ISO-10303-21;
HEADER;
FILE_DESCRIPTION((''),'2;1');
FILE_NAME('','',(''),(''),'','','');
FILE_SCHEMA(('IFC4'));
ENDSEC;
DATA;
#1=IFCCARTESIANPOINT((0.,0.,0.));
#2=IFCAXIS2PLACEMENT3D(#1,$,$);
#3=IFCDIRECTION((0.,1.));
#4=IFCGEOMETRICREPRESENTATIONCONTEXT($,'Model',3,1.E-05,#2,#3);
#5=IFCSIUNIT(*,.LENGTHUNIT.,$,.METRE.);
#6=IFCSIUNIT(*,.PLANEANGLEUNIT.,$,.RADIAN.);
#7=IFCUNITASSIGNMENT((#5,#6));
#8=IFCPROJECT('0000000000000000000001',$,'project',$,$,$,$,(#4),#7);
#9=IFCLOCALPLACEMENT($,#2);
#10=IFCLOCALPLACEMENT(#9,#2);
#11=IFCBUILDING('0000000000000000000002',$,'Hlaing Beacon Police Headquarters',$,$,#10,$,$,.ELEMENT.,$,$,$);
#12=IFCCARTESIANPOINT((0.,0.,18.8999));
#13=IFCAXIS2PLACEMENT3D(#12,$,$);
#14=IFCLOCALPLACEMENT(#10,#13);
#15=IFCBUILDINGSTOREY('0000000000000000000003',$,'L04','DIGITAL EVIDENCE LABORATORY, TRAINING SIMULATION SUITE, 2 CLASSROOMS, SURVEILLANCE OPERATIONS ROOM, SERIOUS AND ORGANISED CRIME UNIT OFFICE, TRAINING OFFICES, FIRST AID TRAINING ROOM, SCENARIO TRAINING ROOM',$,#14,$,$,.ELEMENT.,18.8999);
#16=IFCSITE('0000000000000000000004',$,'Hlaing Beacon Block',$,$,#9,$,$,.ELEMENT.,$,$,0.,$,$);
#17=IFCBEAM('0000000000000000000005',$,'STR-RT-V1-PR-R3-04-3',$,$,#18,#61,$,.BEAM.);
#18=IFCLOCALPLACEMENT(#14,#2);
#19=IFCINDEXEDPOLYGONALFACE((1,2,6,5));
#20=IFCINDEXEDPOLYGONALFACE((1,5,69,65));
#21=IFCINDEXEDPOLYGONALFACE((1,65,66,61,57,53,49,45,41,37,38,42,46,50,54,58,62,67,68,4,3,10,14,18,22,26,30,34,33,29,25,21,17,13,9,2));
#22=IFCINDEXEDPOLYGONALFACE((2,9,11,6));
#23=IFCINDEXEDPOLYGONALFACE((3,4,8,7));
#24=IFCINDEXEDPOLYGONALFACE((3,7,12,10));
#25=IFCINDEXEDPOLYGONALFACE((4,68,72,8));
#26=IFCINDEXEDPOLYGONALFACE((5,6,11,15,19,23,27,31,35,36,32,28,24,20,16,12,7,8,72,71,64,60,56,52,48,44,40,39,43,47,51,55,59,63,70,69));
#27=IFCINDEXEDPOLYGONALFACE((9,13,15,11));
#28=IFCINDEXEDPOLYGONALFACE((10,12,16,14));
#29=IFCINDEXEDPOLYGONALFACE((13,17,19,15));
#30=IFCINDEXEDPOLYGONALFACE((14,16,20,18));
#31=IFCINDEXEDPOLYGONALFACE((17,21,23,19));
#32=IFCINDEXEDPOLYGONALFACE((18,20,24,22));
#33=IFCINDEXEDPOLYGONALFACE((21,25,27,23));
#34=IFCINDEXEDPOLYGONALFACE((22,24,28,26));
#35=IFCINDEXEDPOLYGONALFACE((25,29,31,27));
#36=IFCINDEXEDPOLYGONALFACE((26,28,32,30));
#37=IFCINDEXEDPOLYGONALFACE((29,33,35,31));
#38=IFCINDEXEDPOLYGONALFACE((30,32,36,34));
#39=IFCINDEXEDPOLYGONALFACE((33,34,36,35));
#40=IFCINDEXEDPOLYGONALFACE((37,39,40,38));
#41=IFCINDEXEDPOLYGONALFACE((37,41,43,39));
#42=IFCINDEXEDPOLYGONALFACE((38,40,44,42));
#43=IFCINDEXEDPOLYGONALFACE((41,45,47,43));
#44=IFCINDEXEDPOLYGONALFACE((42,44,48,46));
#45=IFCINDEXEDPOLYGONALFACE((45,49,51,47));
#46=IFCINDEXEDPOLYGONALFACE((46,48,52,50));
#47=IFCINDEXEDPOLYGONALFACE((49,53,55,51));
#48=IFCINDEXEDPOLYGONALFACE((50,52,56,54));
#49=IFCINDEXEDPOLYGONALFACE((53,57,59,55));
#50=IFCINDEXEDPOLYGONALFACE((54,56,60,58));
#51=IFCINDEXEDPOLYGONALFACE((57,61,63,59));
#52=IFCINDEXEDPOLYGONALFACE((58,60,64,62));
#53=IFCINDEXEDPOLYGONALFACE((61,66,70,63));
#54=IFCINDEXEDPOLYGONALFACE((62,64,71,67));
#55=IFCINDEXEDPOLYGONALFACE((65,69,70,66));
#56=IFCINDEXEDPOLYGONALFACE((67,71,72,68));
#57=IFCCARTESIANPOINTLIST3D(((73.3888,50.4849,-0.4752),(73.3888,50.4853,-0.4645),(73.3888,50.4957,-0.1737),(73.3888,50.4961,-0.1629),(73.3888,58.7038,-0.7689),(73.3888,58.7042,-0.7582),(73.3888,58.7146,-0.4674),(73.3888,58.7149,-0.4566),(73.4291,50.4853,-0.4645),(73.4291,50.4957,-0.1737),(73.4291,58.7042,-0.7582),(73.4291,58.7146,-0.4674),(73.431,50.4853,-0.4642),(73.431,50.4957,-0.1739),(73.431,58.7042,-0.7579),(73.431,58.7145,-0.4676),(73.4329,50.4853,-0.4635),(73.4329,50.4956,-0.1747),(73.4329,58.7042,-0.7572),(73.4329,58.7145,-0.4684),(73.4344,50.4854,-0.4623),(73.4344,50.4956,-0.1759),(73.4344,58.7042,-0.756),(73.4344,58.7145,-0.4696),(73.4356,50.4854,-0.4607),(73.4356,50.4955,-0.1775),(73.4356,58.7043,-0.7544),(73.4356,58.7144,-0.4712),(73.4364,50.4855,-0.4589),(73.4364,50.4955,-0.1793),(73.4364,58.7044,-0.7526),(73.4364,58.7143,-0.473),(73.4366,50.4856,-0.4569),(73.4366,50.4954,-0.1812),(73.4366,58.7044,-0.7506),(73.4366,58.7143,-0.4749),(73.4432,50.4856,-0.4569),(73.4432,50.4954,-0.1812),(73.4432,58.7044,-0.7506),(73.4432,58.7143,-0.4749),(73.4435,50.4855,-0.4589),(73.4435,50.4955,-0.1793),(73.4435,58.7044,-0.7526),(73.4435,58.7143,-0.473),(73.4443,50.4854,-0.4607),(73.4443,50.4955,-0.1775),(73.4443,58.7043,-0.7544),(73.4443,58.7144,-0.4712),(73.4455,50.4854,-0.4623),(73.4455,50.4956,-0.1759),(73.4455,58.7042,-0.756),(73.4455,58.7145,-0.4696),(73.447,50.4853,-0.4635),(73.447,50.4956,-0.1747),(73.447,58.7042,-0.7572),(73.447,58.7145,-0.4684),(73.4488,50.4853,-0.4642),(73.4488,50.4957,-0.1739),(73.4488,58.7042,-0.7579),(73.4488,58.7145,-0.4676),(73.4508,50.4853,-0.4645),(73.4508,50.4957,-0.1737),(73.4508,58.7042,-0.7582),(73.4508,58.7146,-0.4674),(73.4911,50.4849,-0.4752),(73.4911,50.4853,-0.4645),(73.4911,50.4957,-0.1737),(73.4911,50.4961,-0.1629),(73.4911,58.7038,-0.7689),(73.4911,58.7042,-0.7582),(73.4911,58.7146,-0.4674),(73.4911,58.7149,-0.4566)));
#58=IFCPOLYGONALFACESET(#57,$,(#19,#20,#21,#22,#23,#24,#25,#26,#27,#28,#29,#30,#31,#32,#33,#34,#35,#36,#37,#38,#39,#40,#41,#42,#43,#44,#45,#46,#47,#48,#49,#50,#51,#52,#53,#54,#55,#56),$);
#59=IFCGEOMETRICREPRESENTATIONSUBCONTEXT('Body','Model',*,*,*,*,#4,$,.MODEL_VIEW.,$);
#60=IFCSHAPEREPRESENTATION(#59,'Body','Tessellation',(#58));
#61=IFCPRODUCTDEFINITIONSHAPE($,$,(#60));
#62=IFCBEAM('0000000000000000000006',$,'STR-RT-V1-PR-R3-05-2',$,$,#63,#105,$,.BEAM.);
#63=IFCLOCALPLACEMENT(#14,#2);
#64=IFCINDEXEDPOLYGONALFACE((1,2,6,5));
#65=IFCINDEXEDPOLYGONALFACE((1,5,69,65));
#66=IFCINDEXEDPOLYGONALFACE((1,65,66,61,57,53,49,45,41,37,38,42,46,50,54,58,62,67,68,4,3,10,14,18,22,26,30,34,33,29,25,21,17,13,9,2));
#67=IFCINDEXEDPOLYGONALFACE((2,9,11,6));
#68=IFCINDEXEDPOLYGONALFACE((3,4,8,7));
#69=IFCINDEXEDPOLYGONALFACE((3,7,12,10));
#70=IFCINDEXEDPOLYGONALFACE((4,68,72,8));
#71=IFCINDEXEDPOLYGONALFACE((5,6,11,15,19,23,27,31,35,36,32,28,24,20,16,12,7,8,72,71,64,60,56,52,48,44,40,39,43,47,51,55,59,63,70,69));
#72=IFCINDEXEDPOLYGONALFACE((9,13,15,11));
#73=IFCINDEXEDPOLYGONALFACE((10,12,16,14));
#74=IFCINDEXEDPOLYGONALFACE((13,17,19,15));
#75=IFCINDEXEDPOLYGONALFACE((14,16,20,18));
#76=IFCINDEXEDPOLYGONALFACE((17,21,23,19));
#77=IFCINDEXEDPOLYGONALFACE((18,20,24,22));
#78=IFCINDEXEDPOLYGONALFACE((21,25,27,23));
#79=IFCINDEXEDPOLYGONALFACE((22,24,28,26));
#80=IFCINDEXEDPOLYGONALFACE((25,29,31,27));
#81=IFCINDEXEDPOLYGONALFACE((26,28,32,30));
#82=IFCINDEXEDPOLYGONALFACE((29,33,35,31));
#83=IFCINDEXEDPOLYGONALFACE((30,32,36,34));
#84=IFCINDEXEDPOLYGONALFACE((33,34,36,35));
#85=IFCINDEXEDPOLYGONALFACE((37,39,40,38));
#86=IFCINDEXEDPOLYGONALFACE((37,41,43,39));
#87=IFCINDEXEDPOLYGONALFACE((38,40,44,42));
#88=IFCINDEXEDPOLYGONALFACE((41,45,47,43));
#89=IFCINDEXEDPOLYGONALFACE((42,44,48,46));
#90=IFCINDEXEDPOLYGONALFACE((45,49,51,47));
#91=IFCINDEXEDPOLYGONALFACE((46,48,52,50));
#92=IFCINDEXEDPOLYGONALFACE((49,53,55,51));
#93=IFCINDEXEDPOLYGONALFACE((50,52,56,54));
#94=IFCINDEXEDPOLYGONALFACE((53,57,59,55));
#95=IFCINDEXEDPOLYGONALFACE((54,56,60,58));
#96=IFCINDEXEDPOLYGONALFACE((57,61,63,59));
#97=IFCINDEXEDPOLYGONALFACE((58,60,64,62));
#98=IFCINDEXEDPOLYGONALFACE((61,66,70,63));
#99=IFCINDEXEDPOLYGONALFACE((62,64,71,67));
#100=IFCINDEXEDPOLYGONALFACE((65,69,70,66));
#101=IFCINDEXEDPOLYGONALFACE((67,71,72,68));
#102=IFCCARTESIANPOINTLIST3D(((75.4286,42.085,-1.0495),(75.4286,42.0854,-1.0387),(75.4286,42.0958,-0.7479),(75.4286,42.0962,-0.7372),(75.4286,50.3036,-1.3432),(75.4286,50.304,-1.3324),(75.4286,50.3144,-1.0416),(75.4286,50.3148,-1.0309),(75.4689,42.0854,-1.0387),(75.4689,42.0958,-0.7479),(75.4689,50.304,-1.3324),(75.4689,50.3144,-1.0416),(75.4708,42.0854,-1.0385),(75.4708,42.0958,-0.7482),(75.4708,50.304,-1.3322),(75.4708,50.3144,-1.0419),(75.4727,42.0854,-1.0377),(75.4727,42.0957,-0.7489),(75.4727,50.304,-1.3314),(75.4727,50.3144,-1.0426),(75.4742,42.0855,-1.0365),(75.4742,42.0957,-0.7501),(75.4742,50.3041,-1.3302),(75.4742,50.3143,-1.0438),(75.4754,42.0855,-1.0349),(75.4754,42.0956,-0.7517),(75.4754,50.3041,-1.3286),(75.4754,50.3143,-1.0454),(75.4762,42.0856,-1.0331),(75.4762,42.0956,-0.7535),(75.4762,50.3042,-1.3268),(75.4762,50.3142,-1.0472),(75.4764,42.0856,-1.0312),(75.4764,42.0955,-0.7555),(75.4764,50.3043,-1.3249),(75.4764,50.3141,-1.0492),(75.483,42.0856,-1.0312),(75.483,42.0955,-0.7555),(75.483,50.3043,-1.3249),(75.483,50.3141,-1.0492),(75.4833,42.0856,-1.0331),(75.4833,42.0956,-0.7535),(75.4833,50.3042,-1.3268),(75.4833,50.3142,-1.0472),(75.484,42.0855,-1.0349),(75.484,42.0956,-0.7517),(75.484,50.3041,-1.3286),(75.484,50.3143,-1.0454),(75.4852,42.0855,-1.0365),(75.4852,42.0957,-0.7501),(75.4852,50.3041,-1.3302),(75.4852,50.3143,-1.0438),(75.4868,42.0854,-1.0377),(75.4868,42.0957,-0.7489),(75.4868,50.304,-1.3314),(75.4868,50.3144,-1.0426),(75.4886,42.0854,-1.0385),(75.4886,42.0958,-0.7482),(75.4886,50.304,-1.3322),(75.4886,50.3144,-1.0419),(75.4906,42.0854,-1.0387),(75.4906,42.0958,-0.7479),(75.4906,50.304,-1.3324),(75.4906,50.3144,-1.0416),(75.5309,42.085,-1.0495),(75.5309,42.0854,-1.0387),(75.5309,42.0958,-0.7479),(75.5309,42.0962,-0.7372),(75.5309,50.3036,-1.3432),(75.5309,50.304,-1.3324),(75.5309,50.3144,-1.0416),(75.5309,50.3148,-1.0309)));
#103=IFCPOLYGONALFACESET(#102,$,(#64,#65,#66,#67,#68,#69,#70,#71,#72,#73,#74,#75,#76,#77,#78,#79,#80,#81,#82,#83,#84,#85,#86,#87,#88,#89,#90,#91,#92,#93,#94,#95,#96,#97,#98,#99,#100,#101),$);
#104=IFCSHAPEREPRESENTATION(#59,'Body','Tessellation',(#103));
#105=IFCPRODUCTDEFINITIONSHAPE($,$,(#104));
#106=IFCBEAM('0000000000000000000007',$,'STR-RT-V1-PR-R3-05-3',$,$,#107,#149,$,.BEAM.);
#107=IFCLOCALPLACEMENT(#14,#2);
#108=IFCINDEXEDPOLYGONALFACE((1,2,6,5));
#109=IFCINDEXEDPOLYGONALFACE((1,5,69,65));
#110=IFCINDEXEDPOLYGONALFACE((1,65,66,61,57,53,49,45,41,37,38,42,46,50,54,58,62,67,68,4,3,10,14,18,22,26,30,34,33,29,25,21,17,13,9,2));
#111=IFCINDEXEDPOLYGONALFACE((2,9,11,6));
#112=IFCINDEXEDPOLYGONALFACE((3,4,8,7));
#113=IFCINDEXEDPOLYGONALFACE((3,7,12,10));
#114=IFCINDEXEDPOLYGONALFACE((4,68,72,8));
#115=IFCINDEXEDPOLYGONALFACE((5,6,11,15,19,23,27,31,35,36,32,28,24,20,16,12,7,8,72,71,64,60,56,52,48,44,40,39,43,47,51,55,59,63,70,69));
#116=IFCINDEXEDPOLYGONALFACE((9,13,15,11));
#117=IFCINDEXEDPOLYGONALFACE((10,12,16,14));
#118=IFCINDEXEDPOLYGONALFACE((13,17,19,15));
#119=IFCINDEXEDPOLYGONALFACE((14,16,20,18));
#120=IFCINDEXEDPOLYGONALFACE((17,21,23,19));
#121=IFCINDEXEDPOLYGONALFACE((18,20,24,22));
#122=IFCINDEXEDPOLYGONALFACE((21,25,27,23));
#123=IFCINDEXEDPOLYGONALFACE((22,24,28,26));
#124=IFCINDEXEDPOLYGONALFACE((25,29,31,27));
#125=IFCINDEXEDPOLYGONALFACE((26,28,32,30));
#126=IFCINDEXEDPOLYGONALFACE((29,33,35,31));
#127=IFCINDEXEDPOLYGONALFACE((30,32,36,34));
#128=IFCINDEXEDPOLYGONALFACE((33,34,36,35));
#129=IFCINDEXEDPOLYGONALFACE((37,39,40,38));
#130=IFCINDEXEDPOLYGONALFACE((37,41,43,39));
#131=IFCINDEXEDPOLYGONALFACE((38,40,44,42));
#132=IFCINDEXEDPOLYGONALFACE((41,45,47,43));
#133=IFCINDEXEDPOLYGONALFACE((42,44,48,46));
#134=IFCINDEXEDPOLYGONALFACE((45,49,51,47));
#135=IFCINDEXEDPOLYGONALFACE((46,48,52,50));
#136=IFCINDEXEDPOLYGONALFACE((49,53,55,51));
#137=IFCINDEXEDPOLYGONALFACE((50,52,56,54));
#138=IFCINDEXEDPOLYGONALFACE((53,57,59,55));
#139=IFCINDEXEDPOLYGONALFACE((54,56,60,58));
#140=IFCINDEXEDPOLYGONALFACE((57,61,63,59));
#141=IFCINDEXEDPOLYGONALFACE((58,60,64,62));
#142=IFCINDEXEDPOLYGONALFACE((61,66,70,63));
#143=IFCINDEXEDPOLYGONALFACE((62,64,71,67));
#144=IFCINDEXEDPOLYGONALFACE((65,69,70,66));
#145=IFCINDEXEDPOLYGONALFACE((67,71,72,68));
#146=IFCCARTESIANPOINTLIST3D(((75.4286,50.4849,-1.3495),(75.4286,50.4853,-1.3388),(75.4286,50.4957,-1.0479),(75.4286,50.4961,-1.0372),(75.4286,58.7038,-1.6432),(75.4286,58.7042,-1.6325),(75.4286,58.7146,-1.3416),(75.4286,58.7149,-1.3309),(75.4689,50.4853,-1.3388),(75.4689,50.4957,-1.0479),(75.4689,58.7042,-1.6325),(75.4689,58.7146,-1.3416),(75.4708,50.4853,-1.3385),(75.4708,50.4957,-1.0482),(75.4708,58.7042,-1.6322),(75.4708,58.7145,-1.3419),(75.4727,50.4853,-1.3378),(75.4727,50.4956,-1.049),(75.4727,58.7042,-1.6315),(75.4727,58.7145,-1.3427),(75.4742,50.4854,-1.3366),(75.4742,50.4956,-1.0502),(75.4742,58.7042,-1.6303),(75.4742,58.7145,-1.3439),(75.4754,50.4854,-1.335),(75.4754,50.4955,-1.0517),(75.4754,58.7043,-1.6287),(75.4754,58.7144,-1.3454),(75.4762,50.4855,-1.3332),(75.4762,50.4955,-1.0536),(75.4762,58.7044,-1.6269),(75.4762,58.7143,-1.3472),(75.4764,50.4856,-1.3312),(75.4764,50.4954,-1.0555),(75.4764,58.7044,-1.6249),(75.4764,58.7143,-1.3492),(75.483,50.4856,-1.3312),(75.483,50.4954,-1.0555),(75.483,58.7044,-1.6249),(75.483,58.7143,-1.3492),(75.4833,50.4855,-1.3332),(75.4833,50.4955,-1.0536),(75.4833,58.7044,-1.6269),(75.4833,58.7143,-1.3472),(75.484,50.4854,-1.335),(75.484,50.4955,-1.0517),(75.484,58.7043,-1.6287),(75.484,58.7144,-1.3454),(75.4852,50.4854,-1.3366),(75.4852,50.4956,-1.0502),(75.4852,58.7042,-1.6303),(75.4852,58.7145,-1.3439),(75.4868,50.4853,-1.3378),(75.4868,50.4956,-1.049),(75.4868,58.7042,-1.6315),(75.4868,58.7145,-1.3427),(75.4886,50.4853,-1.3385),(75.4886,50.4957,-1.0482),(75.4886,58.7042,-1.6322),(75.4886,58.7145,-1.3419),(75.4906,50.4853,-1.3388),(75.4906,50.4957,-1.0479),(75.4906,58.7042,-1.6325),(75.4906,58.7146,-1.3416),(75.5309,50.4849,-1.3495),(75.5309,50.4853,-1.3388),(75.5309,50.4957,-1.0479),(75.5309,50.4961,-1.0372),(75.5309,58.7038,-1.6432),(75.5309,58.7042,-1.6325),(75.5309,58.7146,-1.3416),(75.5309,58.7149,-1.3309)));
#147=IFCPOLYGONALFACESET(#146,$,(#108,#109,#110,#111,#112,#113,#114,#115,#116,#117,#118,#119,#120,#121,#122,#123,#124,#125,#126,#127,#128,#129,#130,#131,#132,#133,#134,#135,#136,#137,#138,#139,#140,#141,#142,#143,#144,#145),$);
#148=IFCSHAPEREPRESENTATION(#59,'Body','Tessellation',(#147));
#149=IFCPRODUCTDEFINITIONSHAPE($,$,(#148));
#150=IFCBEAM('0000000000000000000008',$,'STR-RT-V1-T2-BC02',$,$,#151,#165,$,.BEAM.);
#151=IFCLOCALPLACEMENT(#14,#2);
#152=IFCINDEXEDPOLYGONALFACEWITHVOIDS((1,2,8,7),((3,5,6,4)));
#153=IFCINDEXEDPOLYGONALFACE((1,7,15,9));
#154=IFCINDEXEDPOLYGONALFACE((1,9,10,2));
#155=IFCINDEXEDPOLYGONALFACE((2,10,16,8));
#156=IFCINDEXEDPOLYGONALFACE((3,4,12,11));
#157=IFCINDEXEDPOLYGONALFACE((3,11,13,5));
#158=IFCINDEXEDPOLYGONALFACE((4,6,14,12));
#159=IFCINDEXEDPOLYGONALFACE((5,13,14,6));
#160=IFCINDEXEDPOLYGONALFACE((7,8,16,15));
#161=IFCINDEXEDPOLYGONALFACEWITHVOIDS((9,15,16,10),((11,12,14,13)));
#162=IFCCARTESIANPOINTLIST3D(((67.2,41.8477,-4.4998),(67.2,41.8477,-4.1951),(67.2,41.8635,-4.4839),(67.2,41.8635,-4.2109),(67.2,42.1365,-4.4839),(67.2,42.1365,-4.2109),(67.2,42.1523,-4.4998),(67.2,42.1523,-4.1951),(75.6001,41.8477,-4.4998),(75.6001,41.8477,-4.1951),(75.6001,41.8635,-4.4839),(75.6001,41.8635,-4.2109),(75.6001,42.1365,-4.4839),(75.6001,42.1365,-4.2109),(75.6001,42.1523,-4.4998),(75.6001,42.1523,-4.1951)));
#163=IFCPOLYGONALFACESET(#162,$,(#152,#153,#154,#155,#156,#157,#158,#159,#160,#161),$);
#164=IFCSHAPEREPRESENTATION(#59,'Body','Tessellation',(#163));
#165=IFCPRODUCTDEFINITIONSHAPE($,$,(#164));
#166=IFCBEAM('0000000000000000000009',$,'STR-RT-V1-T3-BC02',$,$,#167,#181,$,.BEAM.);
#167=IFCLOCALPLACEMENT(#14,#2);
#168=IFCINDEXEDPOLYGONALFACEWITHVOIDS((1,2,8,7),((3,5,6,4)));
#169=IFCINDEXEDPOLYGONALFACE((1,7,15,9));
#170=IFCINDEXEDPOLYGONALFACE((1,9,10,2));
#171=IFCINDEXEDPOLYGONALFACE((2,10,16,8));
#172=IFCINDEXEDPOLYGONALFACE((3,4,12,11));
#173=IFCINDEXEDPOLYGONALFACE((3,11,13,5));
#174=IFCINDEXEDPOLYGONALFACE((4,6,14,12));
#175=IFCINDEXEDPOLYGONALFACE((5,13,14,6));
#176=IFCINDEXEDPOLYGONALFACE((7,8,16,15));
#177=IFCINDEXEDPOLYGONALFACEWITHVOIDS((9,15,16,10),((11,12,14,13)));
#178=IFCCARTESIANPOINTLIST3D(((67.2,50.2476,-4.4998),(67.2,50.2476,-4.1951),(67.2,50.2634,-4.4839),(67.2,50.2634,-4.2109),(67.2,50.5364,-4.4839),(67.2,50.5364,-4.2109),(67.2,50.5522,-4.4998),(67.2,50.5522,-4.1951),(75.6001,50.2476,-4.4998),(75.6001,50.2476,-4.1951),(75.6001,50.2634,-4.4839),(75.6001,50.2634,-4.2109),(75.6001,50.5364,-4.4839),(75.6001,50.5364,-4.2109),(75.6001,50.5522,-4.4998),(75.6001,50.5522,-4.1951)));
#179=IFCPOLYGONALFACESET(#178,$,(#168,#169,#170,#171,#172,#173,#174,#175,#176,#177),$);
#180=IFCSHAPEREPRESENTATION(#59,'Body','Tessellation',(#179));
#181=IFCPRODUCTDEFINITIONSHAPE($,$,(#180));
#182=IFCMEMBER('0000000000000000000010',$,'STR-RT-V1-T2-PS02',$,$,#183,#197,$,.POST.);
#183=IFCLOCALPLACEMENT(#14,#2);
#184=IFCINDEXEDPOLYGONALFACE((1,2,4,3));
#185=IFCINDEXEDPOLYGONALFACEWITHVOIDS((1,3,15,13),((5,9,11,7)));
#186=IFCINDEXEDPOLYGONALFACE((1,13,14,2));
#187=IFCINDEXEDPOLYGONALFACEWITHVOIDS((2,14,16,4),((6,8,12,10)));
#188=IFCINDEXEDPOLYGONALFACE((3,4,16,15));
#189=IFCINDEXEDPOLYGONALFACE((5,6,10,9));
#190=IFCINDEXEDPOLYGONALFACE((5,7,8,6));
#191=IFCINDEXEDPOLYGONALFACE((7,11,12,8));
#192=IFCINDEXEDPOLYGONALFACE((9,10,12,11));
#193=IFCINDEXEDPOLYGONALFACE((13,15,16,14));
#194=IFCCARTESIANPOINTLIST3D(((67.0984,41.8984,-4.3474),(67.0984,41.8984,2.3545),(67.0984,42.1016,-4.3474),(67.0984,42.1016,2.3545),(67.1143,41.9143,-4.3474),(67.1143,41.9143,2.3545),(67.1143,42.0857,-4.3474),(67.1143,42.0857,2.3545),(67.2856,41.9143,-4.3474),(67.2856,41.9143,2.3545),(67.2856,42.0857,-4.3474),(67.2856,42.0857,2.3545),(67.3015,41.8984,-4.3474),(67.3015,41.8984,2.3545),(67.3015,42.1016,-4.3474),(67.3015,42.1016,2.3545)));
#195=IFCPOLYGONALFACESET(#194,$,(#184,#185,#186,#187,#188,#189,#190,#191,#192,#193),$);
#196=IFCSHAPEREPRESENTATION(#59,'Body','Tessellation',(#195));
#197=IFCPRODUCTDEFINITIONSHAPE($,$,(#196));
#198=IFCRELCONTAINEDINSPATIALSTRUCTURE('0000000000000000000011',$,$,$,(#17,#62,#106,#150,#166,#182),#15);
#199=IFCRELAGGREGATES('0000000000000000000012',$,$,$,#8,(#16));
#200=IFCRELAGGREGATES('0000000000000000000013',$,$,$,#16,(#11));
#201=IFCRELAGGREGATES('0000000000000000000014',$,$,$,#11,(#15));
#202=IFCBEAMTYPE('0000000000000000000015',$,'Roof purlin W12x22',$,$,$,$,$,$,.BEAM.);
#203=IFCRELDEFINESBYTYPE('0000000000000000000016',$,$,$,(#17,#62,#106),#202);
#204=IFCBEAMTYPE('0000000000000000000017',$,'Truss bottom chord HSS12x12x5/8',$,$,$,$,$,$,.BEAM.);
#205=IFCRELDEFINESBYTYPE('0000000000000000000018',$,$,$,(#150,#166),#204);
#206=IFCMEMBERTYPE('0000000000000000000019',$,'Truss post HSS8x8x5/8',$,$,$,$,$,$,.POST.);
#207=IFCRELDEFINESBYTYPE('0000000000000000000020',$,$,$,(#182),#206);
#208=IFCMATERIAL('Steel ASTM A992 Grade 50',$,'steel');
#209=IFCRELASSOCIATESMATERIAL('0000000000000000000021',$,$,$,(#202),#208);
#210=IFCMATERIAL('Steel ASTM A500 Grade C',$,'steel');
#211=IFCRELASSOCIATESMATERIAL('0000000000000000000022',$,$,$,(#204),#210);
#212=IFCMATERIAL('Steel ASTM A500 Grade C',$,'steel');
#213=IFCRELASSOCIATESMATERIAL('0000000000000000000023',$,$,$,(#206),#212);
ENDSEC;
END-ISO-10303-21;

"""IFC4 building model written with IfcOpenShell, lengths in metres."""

from ifc_helpers import new_model, si_unit, direction, frame, origin, origin_2d, place, context, subcontext, project, spatial, hollow_rectangle, i_section, extrude, material, material_profile, profile_set, type_object, element, save


model = new_model("IFC4")

# Units and contexts
model_context = context("Model", 3, precision=1e-05, world=origin(), true_north=direction((0.0, 1.0)))
body_context = subcontext(model_context, "Body", "Model", "MODEL_VIEW")
ifc_project = project(units=[si_unit("LENGTHUNIT", "METRE"), si_unit("PLANEANGLEUNIT", "RADIAN")], contexts=[model_context])

# Site, building, storey
site_placement = place(None, origin())
site = spatial("IfcSite", under=ifc_project, at=site_placement, Name="Hlaing Beacon Block", CompositionType="ELEMENT", RefElevation=0.0)
building_placement = place(site_placement, origin())
building = spatial("IfcBuilding", under=site, at=building_placement, Name="Hlaing Beacon Police Headquarters", CompositionType="ELEMENT")
storey_placement = place(building_placement, frame((0.0, 0.0, 18.8999)))
storey = spatial("IfcBuildingStorey", under=building, at=storey_placement, Name="L04", Description="DIGITAL EVIDENCE LABORATORY, TRAINING SIMULATION SUITE, 2 CLASSROOMS, SURVEILLANCE OPERATIONS ROOM, SERIOUS AND ORGANISED CRIME UNIT OFFICE, TRAINING OFFICES, FIRST AID TRAINING ROOM, SCENARIO TRAINING ROOM", CompositionType="ELEMENT", Elevation=18.8999)

# Beams
ifc_material_1 = material(Name="Steel ASTM A992 Grade 50", Category="steel")
ifc_material_profile_1 = material_profile(ifc_material_1, i_section(OverallWidth=0.1023, OverallDepth=0.3125, WebThickness=0.0066, FlangeThickness=0.0107, FilletRadius=0.0076, at=origin_2d()), Name="W12x22")
ifc_profile_set_1 = profile_set([ifc_material_profile_1], Name="Steel ASTM A992 Grade 50")
beam_type_1 = type_object("IfcBeamType", Name="Roof purlin W12x22", PredefinedType="BEAM", material=ifc_profile_set_1)
beam_1_placement = place(storey_placement, frame((73.4399, 50.4905, -0.3191), z_axis=(0.0, 0.999362, -0.035712), x_axis=(-1.0, 0.0, 0.0)))
element("IfcBeam", 1, at=beam_1_placement, inside=storey, type_object=beam_type_1, Name="STR-RT-V1-PR-R3-04-3", PredefinedType="BEAM", context=body_context, shape_type="SweptSolid", body=[
    extrude(i_section(OverallWidth=0.1023, OverallDepth=0.3125, WebThickness=0.0066, FlangeThickness=0.0107, FilletRadius=0.0076, at=origin_2d()), origin(), (0.0, 0.0, 1.0), 8.2241),
])
beam_2_placement = place(storey_placement, frame((75.4797, 42.0906, -0.8933), z_axis=(0.0, 0.999362, -0.035713), x_axis=(-1.0, 0.0, 0.0)))
element("IfcBeam", 2, at=beam_2_placement, inside=storey, type_object=beam_type_1, Name="STR-RT-V1-PR-R3-05-2", PredefinedType="BEAM", context=body_context, shape_type="SweptSolid", body=[
    extrude(i_section(OverallWidth=0.1023, OverallDepth=0.3125, WebThickness=0.0066, FlangeThickness=0.0107, FilletRadius=0.0076, at=origin_2d()), origin(), (0.0, 0.0, 1.0), 8.2239),
])
beam_3_placement = place(storey_placement, frame((75.4797, 50.4905, -1.1934), z_axis=(0.0, 0.999362, -0.035712), x_axis=(-1.0, 0.0, 0.0)))
element("IfcBeam", 3, at=beam_3_placement, inside=storey, type_object=beam_type_1, Name="STR-RT-V1-PR-R3-05-3", PredefinedType="BEAM", context=body_context, shape_type="SweptSolid", body=[
    extrude(i_section(OverallWidth=0.1023, OverallDepth=0.3125, WebThickness=0.0066, FlangeThickness=0.0107, FilletRadius=0.0076, at=origin_2d()), origin(), (0.0, 0.0, 1.0), 8.2241),
])
ifc_material_2 = material(Name="Steel ASTM A500 Grade C", Category="steel")
ifc_material_profile_2 = material_profile(ifc_material_2, hollow_rectangle(XDim=0.3047, YDim=0.3047, WallThickness=0.0159, at=origin_2d()), Name="HSS12x12x5/8")
ifc_profile_set_2 = profile_set([ifc_material_profile_2], Name="Steel ASTM A500 Grade C")
beam_type_2 = type_object("IfcBeamType", Name="Truss bottom chord HSS12x12x5/8", PredefinedType="BEAM", material=ifc_profile_set_2)
for number, where, z_axis, x_axis, name in (
    (4, (67.2, 42.0, -4.3474), (1.0, 0.0, 0.0), (0.0, 1.0, 0.0), "STR-RT-V1-T2-BC02"),
    (5, (67.2, 50.3999, -4.3474), (1.0, 0.0, 0.0), (0.0, 1.0, 0.0), "STR-RT-V1-T3-BC02"),
):
    element("IfcBeam", number, at=place(storey_placement, frame(where, z_axis=z_axis, x_axis=x_axis)), inside=storey, type_object=beam_type_2, Name=name, PredefinedType="BEAM", context=body_context, shape_type="SweptSolid", body=[
        extrude(hollow_rectangle(XDim=0.3047, YDim=0.3047, WallThickness=0.0159, at=origin_2d()), origin(), (0.0, 0.0, 1.0), 8.4001),
    ])

# Member
ifc_material_3 = material(Name="Steel ASTM A500 Grade C", Category="steel")
ifc_material_profile_3 = material_profile(ifc_material_3, hollow_rectangle(XDim=0.2031, YDim=0.2031, WallThickness=0.0159, at=origin_2d()), Name="HSS8x8x5/8")
ifc_profile_set_3 = profile_set([ifc_material_profile_3], Name="Steel ASTM A500 Grade C")
member_type_1 = type_object("IfcMemberType", Name="Truss post HSS8x8x5/8", PredefinedType="POST", material=ifc_profile_set_3)
member_1_placement = place(storey_placement, frame((67.2, 42.0, -4.3474), z_axis=(0.0, 0.0, 1.0), x_axis=(1.0, 0.0, 0.0)))
element("IfcMember", 6, at=member_1_placement, inside=storey, type_object=member_type_1, Name="STR-RT-V1-T2-PS02", PredefinedType="POST", context=body_context, shape_type="SweptSolid", body=[
    extrude(hollow_rectangle(XDim=0.2031, YDim=0.2031, WallThickness=0.0159, at=origin_2d()), origin(), (0.0, 0.0, 1.0), 6.7019),
])

save(model, "model.ifc")
